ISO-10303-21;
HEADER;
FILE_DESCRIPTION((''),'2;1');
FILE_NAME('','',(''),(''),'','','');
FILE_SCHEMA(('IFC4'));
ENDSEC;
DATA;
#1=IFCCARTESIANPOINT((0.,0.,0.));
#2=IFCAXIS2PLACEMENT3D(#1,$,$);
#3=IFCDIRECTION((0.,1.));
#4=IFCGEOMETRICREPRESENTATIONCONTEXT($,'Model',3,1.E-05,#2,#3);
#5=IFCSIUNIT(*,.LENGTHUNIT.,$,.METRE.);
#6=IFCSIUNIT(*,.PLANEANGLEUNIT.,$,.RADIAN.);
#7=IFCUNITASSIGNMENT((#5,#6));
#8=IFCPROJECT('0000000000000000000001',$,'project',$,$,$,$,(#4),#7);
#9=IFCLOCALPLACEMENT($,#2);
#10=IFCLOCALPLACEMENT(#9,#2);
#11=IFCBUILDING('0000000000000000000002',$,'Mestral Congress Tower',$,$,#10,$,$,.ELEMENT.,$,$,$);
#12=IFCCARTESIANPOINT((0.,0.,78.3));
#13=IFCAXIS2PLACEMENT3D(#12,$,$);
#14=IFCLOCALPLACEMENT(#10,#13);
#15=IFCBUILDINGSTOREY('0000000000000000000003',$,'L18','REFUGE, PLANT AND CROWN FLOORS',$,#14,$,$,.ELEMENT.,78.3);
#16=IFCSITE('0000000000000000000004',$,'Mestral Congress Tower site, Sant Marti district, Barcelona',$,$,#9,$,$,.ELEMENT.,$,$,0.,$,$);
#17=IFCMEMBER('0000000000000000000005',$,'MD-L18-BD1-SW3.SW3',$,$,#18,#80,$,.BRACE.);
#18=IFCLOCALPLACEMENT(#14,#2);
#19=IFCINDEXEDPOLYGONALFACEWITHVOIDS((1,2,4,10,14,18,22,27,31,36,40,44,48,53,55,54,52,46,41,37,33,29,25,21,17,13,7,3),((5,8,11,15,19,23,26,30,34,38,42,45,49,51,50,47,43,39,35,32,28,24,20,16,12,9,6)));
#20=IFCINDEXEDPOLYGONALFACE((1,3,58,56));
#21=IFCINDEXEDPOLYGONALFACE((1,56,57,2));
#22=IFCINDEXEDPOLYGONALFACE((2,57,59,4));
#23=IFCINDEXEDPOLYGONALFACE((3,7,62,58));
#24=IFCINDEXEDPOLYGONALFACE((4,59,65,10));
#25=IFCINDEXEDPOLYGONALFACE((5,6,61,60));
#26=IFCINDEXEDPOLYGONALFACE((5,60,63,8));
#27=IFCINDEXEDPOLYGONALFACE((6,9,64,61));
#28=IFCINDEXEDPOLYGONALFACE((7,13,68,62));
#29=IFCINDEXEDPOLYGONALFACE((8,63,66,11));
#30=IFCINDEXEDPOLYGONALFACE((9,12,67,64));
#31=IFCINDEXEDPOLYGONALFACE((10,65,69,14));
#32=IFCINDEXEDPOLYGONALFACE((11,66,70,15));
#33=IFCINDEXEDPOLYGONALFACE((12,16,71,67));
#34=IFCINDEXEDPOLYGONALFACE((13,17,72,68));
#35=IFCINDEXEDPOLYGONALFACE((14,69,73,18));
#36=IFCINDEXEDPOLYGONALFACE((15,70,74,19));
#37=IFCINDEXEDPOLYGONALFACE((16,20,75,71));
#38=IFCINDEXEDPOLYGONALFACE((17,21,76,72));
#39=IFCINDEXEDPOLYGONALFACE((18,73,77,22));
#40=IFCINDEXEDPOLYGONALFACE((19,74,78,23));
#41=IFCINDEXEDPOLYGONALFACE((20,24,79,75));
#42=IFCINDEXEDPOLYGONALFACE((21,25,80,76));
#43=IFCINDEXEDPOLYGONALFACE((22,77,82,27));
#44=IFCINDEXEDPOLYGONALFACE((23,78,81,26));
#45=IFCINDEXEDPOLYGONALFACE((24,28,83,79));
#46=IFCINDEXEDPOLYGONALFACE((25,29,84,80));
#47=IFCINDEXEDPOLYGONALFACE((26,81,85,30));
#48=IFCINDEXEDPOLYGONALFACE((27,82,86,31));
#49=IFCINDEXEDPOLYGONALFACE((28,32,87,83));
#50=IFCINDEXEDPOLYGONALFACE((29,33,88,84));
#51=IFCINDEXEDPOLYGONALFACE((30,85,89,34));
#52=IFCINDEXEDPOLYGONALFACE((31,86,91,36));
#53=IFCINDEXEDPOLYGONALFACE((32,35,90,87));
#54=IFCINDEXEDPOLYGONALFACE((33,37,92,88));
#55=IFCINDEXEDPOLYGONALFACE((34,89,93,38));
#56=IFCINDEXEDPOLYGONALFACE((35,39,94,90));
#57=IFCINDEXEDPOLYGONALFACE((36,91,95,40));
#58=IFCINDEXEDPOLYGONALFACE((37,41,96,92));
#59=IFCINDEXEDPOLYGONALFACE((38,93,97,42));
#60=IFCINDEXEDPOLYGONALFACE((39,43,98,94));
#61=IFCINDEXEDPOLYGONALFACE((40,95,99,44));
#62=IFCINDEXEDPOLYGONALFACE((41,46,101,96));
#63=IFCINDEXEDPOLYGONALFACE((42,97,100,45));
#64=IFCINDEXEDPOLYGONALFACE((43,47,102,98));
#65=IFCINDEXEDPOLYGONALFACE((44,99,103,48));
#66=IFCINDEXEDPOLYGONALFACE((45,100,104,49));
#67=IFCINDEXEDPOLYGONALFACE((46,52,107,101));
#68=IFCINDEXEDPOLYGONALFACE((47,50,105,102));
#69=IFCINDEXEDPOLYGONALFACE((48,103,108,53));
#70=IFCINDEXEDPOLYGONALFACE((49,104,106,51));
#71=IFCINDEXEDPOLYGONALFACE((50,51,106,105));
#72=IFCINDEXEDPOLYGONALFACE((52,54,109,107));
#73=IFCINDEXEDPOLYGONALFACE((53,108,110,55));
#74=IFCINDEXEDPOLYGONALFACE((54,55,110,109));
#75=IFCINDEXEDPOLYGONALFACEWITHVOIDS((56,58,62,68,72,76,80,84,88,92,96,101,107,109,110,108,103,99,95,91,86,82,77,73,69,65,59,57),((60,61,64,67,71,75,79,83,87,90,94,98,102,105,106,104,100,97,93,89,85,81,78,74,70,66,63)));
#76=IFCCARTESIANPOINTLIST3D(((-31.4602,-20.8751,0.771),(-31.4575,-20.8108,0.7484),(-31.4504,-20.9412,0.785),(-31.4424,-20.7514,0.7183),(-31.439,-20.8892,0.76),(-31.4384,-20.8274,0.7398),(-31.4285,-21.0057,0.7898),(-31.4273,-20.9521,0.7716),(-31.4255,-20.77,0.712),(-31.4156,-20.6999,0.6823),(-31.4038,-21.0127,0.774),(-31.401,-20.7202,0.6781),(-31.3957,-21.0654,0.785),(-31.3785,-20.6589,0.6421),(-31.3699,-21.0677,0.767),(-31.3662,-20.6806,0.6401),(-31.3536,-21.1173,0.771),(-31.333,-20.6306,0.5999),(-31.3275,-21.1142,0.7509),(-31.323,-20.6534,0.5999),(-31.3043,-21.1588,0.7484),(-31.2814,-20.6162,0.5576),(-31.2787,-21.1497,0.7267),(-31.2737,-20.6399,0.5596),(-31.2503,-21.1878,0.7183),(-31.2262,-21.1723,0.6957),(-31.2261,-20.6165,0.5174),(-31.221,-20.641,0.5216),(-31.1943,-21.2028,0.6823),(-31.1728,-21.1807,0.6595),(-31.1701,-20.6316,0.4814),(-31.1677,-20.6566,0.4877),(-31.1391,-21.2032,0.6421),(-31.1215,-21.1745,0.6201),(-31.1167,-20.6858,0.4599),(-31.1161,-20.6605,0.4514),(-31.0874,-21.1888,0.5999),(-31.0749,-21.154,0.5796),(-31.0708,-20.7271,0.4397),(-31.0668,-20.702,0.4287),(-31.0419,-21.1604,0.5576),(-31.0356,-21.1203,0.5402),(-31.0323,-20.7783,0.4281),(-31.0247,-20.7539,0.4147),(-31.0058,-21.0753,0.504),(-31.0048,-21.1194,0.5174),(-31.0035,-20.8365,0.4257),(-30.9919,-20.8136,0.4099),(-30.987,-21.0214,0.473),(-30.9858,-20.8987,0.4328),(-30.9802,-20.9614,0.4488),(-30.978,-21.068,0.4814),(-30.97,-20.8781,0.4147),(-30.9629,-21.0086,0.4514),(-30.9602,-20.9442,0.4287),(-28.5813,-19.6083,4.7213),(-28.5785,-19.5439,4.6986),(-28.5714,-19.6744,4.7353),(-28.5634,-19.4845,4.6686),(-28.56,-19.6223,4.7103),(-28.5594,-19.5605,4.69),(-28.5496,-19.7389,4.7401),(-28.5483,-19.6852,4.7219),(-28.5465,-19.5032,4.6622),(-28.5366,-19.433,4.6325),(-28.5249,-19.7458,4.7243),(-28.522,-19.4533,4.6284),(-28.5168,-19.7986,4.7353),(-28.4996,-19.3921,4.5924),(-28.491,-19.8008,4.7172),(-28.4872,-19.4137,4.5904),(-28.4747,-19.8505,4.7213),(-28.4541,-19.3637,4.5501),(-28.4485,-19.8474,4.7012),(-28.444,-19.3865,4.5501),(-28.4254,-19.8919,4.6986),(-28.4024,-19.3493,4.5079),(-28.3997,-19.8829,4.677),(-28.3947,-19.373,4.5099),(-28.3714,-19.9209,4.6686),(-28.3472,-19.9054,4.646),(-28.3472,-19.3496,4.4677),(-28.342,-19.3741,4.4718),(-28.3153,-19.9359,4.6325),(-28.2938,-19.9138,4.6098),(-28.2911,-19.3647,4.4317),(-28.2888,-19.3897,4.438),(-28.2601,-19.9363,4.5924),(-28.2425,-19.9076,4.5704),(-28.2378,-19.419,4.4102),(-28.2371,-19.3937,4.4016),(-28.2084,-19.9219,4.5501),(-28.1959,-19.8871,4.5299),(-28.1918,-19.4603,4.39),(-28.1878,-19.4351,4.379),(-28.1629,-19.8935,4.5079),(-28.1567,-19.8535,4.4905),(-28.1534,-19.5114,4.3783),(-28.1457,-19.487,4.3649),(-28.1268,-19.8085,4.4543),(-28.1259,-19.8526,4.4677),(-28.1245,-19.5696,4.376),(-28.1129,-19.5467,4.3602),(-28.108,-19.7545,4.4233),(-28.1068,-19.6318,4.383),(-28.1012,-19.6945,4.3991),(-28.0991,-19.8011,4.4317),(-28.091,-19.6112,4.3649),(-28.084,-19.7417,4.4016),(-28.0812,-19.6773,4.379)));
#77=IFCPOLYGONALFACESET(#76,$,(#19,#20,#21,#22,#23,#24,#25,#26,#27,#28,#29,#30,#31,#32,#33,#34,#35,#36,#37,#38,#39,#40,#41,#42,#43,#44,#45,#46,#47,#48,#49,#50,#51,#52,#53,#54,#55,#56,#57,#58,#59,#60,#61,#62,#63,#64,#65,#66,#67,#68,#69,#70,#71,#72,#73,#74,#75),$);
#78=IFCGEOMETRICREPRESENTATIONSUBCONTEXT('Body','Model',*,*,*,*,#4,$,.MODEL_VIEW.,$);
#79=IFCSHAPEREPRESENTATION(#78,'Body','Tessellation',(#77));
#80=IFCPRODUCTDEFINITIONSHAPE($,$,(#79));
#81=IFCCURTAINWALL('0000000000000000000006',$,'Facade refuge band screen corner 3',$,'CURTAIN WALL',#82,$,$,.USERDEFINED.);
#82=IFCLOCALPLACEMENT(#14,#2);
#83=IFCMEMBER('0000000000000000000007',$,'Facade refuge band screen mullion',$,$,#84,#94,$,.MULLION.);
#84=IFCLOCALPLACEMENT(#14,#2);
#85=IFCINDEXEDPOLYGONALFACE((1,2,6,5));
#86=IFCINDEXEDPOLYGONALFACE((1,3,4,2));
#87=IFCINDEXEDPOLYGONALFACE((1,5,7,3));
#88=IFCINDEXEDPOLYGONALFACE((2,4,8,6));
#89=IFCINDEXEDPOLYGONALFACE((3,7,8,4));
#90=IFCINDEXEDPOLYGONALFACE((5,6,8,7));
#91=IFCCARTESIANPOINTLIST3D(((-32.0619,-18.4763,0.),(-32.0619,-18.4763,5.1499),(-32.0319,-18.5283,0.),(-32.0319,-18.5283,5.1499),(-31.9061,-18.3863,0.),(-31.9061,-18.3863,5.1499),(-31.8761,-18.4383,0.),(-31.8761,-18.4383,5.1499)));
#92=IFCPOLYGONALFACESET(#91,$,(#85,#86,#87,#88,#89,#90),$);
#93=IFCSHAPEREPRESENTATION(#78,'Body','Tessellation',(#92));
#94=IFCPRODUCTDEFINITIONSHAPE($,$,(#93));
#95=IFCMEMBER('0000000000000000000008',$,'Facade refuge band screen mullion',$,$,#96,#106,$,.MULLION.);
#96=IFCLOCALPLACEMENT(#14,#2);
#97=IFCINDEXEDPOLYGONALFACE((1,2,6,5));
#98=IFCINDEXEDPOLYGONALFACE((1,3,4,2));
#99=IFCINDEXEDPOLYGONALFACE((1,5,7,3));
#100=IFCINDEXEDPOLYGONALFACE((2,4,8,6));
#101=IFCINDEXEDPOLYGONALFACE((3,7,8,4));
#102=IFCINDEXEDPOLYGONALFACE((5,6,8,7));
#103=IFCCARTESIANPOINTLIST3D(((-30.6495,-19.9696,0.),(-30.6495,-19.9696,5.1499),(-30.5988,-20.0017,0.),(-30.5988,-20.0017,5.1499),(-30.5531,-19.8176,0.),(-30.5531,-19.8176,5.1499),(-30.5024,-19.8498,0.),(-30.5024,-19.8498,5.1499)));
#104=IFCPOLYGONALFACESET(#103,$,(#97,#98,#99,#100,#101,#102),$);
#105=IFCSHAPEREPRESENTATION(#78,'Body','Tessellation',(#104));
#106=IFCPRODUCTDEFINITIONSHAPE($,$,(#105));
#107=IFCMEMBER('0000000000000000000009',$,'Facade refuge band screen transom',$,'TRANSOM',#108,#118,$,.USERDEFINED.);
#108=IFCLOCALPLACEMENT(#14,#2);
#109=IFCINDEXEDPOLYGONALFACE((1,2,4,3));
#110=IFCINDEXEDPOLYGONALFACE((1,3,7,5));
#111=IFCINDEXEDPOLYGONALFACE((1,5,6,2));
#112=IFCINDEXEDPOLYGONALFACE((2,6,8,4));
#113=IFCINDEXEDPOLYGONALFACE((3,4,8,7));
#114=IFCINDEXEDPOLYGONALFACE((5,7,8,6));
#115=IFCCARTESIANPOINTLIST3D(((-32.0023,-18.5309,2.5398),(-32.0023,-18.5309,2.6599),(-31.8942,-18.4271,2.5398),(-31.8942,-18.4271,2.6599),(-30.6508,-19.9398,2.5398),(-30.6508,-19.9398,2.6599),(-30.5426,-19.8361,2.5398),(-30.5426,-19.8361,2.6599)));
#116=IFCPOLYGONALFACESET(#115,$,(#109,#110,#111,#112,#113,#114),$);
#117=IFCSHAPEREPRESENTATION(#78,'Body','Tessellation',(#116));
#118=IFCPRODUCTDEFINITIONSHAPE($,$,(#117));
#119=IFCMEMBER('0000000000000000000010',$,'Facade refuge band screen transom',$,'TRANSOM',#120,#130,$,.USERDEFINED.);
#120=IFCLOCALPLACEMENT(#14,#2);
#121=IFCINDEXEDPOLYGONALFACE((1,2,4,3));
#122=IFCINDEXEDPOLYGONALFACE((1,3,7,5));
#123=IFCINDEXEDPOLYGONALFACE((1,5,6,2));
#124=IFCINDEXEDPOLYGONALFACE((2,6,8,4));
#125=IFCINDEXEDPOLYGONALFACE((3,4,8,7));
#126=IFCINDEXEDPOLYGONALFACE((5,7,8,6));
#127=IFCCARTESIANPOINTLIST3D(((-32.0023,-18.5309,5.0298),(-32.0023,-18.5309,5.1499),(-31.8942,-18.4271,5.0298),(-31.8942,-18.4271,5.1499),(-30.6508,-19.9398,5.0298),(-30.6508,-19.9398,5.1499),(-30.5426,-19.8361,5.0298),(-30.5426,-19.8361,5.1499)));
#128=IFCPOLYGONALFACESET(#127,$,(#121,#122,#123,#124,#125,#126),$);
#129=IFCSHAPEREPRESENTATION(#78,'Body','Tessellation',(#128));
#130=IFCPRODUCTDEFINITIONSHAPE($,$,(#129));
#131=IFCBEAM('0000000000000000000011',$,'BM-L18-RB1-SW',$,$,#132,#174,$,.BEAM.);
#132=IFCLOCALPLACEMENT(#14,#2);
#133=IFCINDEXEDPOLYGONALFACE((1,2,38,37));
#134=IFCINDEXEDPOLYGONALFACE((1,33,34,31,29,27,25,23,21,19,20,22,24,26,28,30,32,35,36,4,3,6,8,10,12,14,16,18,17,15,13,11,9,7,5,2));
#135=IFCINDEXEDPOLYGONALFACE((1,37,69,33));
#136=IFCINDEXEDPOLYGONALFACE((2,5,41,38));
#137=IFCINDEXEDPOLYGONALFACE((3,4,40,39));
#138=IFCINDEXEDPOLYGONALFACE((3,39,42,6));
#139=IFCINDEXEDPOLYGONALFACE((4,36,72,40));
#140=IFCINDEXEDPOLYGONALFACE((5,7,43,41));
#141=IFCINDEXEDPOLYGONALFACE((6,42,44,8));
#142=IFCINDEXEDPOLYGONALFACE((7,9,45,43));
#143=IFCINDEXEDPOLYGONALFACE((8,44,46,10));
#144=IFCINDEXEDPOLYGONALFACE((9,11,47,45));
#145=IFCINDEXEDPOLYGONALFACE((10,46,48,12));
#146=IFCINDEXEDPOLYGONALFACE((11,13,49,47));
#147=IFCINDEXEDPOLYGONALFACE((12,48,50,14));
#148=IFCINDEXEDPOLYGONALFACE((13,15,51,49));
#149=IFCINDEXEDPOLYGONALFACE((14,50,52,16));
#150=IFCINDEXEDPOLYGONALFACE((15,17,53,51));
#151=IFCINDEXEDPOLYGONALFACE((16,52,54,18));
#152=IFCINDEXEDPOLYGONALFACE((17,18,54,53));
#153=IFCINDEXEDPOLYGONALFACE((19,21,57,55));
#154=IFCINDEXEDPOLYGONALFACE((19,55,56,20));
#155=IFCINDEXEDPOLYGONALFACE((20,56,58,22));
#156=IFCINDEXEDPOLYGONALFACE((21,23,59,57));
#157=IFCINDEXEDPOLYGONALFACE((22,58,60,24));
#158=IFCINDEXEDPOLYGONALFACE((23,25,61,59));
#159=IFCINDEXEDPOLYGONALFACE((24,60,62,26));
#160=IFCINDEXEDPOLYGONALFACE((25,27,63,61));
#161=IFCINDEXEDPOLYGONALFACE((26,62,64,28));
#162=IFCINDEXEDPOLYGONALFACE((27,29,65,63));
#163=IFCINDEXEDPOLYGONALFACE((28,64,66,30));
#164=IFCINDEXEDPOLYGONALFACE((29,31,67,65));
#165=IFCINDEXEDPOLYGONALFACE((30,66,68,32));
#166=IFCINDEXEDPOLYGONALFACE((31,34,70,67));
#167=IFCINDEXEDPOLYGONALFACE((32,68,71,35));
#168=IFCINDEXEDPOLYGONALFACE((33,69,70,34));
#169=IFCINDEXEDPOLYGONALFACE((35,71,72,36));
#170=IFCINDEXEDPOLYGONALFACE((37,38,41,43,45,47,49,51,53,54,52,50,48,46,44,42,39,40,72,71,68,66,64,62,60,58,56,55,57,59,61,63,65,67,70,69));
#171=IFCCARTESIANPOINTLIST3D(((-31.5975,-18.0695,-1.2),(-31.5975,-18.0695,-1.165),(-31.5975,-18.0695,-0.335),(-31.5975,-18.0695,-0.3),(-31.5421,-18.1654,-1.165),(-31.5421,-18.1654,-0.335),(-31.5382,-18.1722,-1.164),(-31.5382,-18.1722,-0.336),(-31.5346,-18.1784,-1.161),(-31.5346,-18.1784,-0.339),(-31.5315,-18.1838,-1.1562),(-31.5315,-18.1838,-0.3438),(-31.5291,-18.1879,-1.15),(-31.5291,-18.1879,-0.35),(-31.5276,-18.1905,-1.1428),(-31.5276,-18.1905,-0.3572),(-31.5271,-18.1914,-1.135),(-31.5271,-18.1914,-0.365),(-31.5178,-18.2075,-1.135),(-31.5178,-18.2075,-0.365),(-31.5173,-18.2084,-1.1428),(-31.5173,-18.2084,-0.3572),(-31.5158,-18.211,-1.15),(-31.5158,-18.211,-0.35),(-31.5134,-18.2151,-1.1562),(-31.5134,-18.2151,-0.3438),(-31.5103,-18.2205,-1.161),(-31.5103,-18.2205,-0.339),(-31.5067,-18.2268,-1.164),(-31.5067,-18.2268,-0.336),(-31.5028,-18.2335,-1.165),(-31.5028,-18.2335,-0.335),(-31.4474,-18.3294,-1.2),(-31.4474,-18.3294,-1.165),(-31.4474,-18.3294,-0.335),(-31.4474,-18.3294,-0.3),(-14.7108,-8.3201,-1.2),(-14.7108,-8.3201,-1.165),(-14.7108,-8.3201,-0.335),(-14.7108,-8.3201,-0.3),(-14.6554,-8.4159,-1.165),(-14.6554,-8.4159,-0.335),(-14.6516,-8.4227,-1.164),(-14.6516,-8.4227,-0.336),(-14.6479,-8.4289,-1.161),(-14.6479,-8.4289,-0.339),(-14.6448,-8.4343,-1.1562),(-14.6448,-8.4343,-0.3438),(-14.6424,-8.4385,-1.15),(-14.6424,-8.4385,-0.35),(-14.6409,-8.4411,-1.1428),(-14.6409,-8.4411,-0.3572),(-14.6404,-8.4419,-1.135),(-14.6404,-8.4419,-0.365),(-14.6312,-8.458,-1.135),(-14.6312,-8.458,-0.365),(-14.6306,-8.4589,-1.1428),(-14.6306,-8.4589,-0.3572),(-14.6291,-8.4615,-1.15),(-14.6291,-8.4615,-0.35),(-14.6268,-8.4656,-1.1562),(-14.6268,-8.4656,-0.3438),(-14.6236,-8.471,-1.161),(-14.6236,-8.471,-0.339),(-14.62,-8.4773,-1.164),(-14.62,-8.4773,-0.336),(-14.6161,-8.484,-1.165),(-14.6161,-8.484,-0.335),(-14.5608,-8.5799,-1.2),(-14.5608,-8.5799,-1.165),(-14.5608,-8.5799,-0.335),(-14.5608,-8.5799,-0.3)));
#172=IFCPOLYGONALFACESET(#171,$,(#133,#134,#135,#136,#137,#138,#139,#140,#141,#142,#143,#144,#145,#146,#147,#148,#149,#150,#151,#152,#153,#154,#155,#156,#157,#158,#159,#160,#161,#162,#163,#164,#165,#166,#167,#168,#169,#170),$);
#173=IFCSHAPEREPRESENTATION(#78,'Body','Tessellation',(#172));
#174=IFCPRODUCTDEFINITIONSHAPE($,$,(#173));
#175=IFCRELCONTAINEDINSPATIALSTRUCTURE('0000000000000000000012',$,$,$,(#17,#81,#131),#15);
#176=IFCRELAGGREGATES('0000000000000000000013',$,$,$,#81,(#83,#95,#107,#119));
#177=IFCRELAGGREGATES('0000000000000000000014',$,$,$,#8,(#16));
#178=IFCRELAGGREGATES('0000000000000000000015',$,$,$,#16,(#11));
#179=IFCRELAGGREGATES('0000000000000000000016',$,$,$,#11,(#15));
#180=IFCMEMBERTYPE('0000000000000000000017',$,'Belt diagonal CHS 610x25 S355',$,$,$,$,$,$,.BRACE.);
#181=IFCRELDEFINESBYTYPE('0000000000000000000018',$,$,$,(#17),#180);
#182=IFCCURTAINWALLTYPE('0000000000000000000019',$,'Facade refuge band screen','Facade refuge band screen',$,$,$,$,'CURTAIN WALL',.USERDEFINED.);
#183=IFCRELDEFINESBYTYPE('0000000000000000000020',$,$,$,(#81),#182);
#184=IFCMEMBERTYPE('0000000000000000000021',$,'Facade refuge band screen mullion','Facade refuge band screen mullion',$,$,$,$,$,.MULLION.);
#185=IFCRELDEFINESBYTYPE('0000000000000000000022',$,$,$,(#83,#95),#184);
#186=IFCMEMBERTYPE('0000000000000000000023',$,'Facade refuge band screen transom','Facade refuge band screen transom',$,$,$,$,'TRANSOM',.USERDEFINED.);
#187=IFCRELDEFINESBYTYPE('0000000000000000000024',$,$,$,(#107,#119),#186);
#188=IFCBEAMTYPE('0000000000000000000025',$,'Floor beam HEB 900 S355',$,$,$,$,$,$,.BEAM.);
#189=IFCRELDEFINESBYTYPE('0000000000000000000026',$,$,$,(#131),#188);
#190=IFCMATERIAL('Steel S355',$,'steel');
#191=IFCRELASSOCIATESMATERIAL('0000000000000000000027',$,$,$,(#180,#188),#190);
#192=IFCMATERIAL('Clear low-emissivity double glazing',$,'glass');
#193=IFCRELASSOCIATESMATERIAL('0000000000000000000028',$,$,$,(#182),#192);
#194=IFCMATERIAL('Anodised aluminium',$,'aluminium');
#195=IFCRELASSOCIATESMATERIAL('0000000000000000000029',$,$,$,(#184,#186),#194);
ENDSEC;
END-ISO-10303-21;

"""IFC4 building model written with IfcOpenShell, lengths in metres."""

from ifc_helpers import new_model, si_unit, direction, frame, origin, origin_2d, place, context, subcontext, project, spatial, rectangle, hollow_circle, i_section, extrude, material, material_profile, profile_set, type_object, element, aggregate, save


model = new_model("IFC4")

# Units and contexts
model_context = context("Model", 3, precision=1e-05, world=origin(), true_north=direction((0.0, 1.0)))
body_context = subcontext(model_context, "Body", "Model", "MODEL_VIEW")
ifc_project = project(units=[si_unit("LENGTHUNIT", "METRE"), si_unit("PLANEANGLEUNIT", "RADIAN")], contexts=[model_context])

# Site, building, storey
site_placement = place(None, origin())
site = spatial("IfcSite", under=ifc_project, at=site_placement, Name="Mestral Congress Tower site, Sant Marti district, Barcelona", CompositionType="ELEMENT", RefElevation=0.0)
building_placement = place(site_placement, origin())
building = spatial("IfcBuilding", under=site, at=building_placement, Name="Mestral Congress Tower", CompositionType="ELEMENT")
storey_placement = place(building_placement, frame((0.0, 0.0, 78.3)))
storey = spatial("IfcBuildingStorey", under=building, at=storey_placement, Name="L18", Description="REFUGE, PLANT AND CROWN FLOORS", CompositionType="ELEMENT", Elevation=78.3)

# Member
ifc_material_1 = material(Name="Steel S355", Category="steel")
ifc_material_profile_1 = material_profile(ifc_material_1, hollow_circle(Radius=0.3049, WallThickness=0.0249, at=origin_2d()), Name="CHS 610x25")
ifc_profile_set_1 = profile_set([ifc_material_profile_1], Name="Steel S355")
member_type_1 = type_object("IfcMemberType", Name="Belt diagonal CHS 610x25 S355", PredefinedType="BRACE", material=ifc_profile_set_1)
member_1_placement = place(storey_placement, frame((-31.2102, -20.9097, 0.5999), z_axis=(0.570141, 0.250887, 0.782301), x_axis=(-0.402772, 0.9153, 0.0)))
element("IfcMember", 1, at=member_1_placement, inside=storey, type_object=member_type_1, Name="MD-L18-BD1-SW3.SW3", PredefinedType="BRACE", context=body_context, shape_type="SweptSolid", body=[
    extrude(hollow_circle(Radius=0.3049, WallThickness=0.0249, at=origin_2d()), origin(), (0.0, 0.0, 1.0), 5.0496),
])

# Curtain wall, members
ifc_material_2 = material(Name="Clear low-emissivity double glazing", Category="glass")
curtain_wall_type = type_object("IfcCurtainWallType", Name="Facade refuge band screen", Description="Facade refuge band screen", ElementType="CURTAIN WALL", PredefinedType="USERDEFINED", material=ifc_material_2)
curtain_wall_placement = place(storey_placement, origin())
curtain_wall = element("IfcCurtainWall", 2, at=curtain_wall_placement, inside=storey, type_object=curtain_wall_type, Name="Facade refuge band screen corner 3", ObjectType="CURTAIN WALL", PredefinedType="USERDEFINED")
ifc_material_3 = material(Name="Anodised aluminium", Category="aluminium")
ifc_material_profile_2 = material_profile(ifc_material_3, rectangle(XDim=0.1799, YDim=0.0601, at=origin_2d()), Name="CW3 mullion 180 x 60")
ifc_profile_set_2 = profile_set([ifc_material_profile_2], Name="Anodised aluminium")
member_type_2 = type_object("IfcMemberType", Name="Facade refuge band screen mullion", Description="Facade refuge band screen mullion", PredefinedType="MULLION", material=ifc_profile_set_2)
member_2_placement = place(storey_placement, frame((-31.969, -18.4573, 0.0), z_axis=(0.0, 0.0, 1.0), x_axis=(-0.866025, -0.5, 0.0)))
member_2 = element("IfcMember", 3, at=member_2_placement, type_object=member_type_2, Name="Facade refuge band screen mullion", PredefinedType="MULLION", context=body_context, shape_type="SweptSolid", body=[
    extrude(rectangle(XDim=0.1799, YDim=0.0601, at=origin_2d()), origin(), (0.0, 0.0, 1.0), 5.1499),
])
member_3_placement = place(storey_placement, frame((-30.5759, -19.9097, 0.0), z_axis=(0.0, 0.0, 1.0), x_axis=(-0.535579, -0.844485, 0.0)))
member_3 = element("IfcMember", 4, at=member_3_placement, type_object=member_type_2, Name="Facade refuge band screen mullion", PredefinedType="MULLION", context=body_context, shape_type="SweptSolid", body=[
    extrude(rectangle(XDim=0.1799, YDim=0.0601, at=origin_2d()), origin(), (0.0, 0.0, 1.0), 5.1499),
])
ifc_material_profile_3 = material_profile(ifc_material_3, rectangle(XDim=0.1499, YDim=0.1201, at=origin_2d()), Name="CW3 transom 150 x 120")
ifc_profile_set_3 = profile_set([ifc_material_profile_3], Name="Anodised aluminium")
member_type_3 = type_object("IfcMemberType", Name="Facade refuge band screen transom", Description="Facade refuge band screen transom", ElementType="TRANSOM", PredefinedType="USERDEFINED", material=ifc_profile_set_3)
member_4_placement = place(storey_placement, frame((-31.9482, -18.479, 2.5999), z_axis=(0.692261, -0.721647, 0.0), x_axis=(0.721647, 0.692261, 0.0)))
member_4 = element("IfcMember", 5, at=member_4_placement, type_object=member_type_3, Name="Facade refuge band screen transom", ObjectType="TRANSOM", PredefinedType="USERDEFINED", context=body_context, shape_type="SweptSolid", body=[
    extrude(rectangle(XDim=0.1499, YDim=0.1201, at=origin_2d()), origin(), (0.0, 0.0, 1.0), 1.9524),
])
member_5_placement = place(storey_placement, frame((-31.9482, -18.479, 5.0898), z_axis=(0.692261, -0.721647, 0.0), x_axis=(0.721647, 0.692261, 0.0)))
member_5 = element("IfcMember", 6, at=member_5_placement, type_object=member_type_3, Name="Facade refuge band screen transom", ObjectType="TRANSOM", PredefinedType="USERDEFINED", context=body_context, shape_type="SweptSolid", body=[
    extrude(rectangle(XDim=0.1499, YDim=0.1201, at=origin_2d()), origin(), (0.0, 0.0, 1.0), 1.9524),
])

# Beam
ifc_material_profile_4 = material_profile(ifc_material_1, i_section(OverallWidth=0.3, OverallDepth=0.8999, WebThickness=0.0186, FlangeThickness=0.0349, FilletRadius=0.03, at=origin_2d()), Name="HEB 900")
ifc_profile_set_4 = profile_set([ifc_material_profile_4], Name="Steel S355")
beam_type_1 = type_object("IfcBeamType", Name="Floor beam HEB 900 S355", PredefinedType="BEAM", material=ifc_profile_set_4)
beam_1_placement = place(storey_placement, frame((-31.5225, -18.1995, -0.75), z_axis=(0.866026, 0.499998, 0.0), x_axis=(-0.499998, 0.866026, 0.0)))
element("IfcBeam", 7, at=beam_1_placement, inside=storey, type_object=beam_type_1, Name="BM-L18-RB1-SW", PredefinedType="BEAM", context=body_context, shape_type="SweptSolid", body=[
    extrude(i_section(OverallWidth=0.3, OverallDepth=0.8999, WebThickness=0.0186, FlangeThickness=0.0349, FilletRadius=0.03, at=origin_2d()), origin(), (0.0, 0.0, 1.0), 19.499),
])

aggregate(curtain_wall, [member_2, member_3, member_4, member_5])

save(model, "model.ifc")
